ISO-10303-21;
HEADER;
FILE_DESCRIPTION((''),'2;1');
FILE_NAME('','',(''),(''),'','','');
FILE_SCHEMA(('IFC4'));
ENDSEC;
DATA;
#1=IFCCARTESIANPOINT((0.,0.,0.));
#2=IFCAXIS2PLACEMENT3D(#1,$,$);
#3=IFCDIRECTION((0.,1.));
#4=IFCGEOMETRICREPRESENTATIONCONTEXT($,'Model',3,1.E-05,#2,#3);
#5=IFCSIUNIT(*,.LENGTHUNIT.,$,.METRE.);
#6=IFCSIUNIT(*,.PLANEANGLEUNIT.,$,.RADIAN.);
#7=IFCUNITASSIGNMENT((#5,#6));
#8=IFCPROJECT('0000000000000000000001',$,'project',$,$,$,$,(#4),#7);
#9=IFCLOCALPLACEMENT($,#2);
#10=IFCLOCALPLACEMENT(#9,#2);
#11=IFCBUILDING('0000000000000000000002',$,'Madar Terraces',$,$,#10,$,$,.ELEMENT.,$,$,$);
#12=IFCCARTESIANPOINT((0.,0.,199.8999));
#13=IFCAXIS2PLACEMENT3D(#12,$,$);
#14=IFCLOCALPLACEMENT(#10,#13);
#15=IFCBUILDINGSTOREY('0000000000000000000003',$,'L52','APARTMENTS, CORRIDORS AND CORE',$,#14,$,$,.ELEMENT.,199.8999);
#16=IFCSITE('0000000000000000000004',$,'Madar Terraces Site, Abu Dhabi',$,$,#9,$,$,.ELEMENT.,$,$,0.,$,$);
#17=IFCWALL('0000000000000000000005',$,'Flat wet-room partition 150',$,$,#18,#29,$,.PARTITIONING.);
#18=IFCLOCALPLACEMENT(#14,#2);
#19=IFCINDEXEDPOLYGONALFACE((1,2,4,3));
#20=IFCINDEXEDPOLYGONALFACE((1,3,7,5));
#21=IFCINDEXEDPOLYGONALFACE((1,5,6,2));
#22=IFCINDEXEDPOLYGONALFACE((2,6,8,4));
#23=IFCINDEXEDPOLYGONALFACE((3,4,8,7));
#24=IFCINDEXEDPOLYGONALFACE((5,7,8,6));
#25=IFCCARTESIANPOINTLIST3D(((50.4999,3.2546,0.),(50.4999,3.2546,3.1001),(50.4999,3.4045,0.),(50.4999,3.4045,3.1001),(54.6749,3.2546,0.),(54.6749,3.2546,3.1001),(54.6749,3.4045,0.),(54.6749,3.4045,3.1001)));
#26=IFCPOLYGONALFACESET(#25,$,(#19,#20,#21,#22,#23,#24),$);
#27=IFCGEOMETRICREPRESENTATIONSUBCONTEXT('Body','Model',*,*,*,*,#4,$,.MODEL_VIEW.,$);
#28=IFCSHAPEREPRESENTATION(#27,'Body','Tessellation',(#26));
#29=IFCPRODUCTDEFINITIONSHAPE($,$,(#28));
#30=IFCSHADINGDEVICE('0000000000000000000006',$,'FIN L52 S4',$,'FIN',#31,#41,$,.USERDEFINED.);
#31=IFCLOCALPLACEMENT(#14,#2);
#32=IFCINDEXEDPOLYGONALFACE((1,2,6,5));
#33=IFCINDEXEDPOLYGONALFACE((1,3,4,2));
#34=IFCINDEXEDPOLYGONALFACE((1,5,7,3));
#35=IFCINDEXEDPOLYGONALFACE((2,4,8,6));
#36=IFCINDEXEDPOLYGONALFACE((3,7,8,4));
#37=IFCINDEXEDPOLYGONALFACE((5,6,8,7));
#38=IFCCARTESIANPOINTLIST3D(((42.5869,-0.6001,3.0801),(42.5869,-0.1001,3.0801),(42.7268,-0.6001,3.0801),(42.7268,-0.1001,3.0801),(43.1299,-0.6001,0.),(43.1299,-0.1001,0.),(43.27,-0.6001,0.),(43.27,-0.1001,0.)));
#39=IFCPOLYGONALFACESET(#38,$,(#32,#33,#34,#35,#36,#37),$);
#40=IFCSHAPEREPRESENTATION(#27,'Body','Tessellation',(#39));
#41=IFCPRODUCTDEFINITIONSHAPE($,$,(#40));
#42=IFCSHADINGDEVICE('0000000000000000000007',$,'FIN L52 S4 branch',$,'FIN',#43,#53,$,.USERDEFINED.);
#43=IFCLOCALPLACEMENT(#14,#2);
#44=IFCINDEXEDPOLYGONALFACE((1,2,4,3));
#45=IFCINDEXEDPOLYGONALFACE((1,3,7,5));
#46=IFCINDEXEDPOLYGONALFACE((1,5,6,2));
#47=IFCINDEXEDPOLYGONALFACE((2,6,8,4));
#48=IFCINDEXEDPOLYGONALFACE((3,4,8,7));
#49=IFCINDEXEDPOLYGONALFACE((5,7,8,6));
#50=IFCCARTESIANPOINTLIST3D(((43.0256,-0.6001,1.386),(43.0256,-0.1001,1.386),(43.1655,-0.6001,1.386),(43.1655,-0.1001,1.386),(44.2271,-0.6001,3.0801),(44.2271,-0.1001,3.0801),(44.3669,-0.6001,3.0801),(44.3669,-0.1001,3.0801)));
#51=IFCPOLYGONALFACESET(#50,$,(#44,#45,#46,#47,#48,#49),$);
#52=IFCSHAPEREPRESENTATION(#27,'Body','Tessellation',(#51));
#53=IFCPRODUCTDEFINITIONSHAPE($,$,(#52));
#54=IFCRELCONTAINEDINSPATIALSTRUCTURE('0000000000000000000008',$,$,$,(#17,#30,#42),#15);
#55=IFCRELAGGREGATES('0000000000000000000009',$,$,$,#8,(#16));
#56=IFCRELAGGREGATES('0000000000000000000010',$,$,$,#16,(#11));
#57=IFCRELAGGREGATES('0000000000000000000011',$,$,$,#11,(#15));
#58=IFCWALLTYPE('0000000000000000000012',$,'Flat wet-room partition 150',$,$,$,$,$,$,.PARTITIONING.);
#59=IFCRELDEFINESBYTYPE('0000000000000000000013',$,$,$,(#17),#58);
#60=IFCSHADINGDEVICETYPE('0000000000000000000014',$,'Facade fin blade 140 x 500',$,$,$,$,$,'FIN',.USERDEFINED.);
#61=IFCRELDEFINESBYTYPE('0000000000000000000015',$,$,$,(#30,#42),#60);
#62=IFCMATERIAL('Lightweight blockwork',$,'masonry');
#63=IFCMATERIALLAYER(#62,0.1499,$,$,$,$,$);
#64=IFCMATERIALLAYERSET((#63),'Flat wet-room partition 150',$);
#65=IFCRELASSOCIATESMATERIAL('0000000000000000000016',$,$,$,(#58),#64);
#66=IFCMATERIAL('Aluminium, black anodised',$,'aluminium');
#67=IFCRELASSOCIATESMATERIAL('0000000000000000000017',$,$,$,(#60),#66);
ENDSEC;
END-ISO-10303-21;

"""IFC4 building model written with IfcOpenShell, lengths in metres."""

from ifc_helpers import new_model, si_unit, direction, frame, frame_2d, origin, place, context, subcontext, project, spatial, polyline, rectangle, outline, extrude, material, layer, layer_set, type_object, element, save


model = new_model("IFC4")

# Units and contexts
model_context = context("Model", 3, precision=1e-05, world=origin(), true_north=direction((0.0, 1.0)))
body_context = subcontext(model_context, "Body", "Model", "MODEL_VIEW")
ifc_project = project(units=[si_unit("LENGTHUNIT", "METRE"), si_unit("PLANEANGLEUNIT", "RADIAN")], contexts=[model_context])

# Site, building, storey
site_placement = place(None, origin())
site = spatial("IfcSite", under=ifc_project, at=site_placement, Name="Madar Terraces Site, Abu Dhabi", CompositionType="ELEMENT", RefElevation=0.0)
building_placement = place(site_placement, origin())
building = spatial("IfcBuilding", under=site, at=building_placement, Name="Madar Terraces", CompositionType="ELEMENT")
storey_placement = place(building_placement, frame((0.0, 0.0, 199.8999)))
storey = spatial("IfcBuildingStorey", under=building, at=storey_placement, Name="L52", Description="APARTMENTS, CORRIDORS AND CORE", CompositionType="ELEMENT", Elevation=199.8999)

# Shared definitions
ifc_material_1 = material(Name="Lightweight blockwork", Category="masonry")
ifc_layer_1 = layer(ifc_material_1, 0.1499)
ifc_layer_set_1 = layer_set([ifc_layer_1], Name="Flat wet-room partition 150")
wall_type_1 = type_object("IfcWallType", Name="Flat wet-room partition 150", PredefinedType="PARTITIONING", material=ifc_layer_set_1)

# Wall
for number, where, z_axis, x_axis, name in (
    (1, (50.5, 3.3296, 0.0), (0.0, 0.0, 1.0), (1.0, 0.0, 0.0), "Flat wet-room partition 150"),
):
    element("IfcWall", number, at=place(storey_placement, frame(where, z_axis=z_axis, x_axis=x_axis)), inside=storey, type_object=wall_type_1, Name=name, PredefinedType="PARTITIONING", context=body_context, shape_type="SweptSolid", body=[
        extrude(rectangle(XDim=4.175, YDim=0.1499, at=frame_2d((2.0874, 0.0))), origin(), (0.0, 0.0, 1.0), 3.1001),
    ])

# Shading devices
ifc_material_2 = material(Name="Aluminium, black anodised", Category="aluminium")
shading_device_type = type_object("IfcShadingDeviceType", Name="Facade fin blade 140 x 500", ElementType="FIN", PredefinedType="USERDEFINED", material=ifc_material_2)
shading_device_1_placement = place(storey_placement, frame((43.1299, -0.3501, 0.0), z_axis=(0.0, 0.0, 1.0), x_axis=(1.0, 0.0, 0.0)))
element("IfcShadingDevice", 2, at=shading_device_1_placement, inside=storey, type_object=shading_device_type, Name="FIN L52 S4", ObjectType="FIN", PredefinedType="USERDEFINED", context=body_context, shape_type="SweptSolid", body=[
    extrude(outline(polyline([(0.0, 0.0), (0.1401, 0.0), (-0.4031, 3.0801), (-0.543, 3.0801), (0.0, 0.0)])), frame((0.0, 0.25, 0.0), z_axis=(0.0, -1.0, 0.0), x_axis=(1.0, 0.0, 0.0)), (0.0, 0.0, 1.0), 0.5),
])
shading_device_2_placement = place(storey_placement, frame((43.0256, -0.3501, 1.386), z_axis=(0.0, 0.0, 1.0), x_axis=(1.0, 0.0, 0.0)))
element("IfcShadingDevice", 3, at=shading_device_2_placement, inside=storey, type_object=shading_device_type, Name="FIN L52 S4 branch", ObjectType="FIN", PredefinedType="USERDEFINED", context=body_context, shape_type="SweptSolid", body=[
    extrude(outline(polyline([(0.0, 0.0), (0.1399, 0.0), (1.3413, 1.6941), (1.2014, 1.6941), (0.0, 0.0)])), frame((0.0, 0.25, 0.0), z_axis=(0.0, -1.0, 0.0), x_axis=(1.0, 0.0, 0.0)), (0.0, 0.0, 1.0), 0.5),
])

save(model, "model.ifc")
